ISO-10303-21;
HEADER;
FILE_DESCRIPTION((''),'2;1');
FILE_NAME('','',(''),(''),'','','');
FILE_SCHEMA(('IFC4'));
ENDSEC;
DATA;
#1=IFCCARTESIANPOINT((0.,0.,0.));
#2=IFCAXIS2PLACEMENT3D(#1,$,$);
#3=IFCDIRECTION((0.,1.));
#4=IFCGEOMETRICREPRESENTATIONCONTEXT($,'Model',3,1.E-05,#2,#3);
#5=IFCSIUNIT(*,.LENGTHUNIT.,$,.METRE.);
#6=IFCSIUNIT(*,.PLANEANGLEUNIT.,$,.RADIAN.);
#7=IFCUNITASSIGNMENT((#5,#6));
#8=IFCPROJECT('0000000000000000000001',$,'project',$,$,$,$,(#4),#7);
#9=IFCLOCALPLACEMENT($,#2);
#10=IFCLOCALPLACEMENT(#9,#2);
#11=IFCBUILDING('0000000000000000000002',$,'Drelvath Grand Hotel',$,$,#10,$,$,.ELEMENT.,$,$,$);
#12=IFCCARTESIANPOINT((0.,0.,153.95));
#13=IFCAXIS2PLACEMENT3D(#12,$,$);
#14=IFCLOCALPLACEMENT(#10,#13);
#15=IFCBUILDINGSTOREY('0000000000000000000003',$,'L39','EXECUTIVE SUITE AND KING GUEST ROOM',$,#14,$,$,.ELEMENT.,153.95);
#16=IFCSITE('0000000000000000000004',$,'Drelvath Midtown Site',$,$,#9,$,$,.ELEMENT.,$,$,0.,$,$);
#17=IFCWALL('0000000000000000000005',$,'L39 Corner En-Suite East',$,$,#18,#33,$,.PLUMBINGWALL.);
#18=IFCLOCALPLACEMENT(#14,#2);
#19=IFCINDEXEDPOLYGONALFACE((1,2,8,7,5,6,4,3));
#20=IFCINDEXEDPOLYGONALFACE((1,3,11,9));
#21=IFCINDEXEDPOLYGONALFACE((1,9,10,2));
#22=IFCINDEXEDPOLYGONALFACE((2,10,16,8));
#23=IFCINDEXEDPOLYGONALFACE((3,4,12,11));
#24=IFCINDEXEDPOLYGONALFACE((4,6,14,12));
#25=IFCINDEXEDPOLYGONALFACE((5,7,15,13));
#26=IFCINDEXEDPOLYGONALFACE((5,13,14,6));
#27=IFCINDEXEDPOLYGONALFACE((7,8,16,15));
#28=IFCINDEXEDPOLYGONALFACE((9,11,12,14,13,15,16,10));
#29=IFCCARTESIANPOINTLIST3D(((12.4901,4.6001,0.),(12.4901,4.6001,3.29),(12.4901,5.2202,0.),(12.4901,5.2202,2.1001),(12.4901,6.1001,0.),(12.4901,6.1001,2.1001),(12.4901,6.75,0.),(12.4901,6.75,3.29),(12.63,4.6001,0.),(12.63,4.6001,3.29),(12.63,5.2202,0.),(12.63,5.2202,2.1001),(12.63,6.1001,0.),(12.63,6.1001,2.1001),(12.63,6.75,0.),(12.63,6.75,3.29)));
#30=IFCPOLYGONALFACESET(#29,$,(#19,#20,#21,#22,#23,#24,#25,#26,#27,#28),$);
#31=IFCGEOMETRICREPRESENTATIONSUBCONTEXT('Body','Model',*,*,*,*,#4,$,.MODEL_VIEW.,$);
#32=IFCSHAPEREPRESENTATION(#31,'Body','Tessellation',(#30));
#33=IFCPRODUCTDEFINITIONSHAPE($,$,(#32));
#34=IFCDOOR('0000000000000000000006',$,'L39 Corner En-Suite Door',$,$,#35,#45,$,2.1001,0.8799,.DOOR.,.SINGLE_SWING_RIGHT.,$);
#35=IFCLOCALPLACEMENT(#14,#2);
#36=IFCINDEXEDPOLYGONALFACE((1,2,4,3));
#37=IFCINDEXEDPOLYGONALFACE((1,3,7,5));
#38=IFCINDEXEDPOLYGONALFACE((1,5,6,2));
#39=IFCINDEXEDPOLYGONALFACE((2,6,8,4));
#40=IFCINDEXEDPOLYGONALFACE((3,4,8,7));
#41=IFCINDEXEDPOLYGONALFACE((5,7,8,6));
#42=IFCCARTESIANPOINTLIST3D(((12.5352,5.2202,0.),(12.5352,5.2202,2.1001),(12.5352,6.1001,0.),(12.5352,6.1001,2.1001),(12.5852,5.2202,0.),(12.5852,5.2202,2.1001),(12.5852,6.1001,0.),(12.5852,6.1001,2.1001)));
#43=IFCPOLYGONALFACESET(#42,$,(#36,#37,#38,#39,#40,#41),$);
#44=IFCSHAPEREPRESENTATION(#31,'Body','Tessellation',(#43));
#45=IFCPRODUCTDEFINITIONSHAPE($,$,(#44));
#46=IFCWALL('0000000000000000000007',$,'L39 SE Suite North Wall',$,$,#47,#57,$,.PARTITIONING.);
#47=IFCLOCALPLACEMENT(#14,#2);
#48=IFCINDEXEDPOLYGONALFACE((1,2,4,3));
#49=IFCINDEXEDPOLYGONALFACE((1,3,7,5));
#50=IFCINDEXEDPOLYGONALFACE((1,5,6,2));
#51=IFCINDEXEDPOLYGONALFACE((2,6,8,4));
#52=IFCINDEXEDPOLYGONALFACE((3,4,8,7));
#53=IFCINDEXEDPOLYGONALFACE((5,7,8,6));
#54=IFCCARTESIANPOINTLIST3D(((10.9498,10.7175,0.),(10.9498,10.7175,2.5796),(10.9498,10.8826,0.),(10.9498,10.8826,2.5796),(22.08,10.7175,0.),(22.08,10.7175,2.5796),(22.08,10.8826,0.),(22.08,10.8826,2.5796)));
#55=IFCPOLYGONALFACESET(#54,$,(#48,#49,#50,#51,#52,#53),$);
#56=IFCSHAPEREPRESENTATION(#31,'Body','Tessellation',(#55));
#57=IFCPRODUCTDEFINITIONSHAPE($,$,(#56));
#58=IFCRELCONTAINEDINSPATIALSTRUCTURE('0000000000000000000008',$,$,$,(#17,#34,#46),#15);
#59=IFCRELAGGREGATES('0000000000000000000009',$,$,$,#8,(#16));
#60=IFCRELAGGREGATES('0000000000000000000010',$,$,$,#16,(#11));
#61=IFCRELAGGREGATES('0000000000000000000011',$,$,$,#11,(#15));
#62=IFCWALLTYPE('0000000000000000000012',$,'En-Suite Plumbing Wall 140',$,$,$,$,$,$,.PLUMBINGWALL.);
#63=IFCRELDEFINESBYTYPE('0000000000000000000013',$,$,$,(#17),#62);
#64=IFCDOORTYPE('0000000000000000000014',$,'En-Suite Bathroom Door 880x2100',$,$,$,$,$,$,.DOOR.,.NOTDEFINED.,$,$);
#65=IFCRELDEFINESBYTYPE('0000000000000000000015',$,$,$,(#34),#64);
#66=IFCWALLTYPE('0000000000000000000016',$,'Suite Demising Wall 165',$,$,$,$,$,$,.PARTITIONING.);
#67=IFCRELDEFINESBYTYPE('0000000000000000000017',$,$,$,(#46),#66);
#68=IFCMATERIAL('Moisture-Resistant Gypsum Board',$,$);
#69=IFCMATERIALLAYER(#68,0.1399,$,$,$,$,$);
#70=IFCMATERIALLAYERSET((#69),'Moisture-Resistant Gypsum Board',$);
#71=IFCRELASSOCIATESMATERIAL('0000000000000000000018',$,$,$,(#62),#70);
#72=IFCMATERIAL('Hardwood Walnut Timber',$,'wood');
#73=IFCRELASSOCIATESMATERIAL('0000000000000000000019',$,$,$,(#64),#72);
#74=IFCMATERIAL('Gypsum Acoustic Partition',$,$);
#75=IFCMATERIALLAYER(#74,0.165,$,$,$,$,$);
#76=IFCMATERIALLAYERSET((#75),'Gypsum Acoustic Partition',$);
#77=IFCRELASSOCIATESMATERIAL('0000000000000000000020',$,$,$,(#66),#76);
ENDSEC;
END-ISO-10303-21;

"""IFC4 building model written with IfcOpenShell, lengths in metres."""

from ifc_helpers import new_model, si_unit, direction, frame, frame_2d, origin, place, context, subcontext, project, spatial, rectangle, extrude, material, layer, layer_set, type_object, element, fill, save


model = new_model("IFC4")

# Units and contexts
model_context = context("Model", 3, precision=1e-05, world=origin(), true_north=direction((0.0, 1.0)))
body_context = subcontext(model_context, "Body", "Model", "MODEL_VIEW")
ifc_project = project(units=[si_unit("LENGTHUNIT", "METRE"), si_unit("PLANEANGLEUNIT", "RADIAN")], contexts=[model_context])

# Site, building, storey
site_placement = place(None, origin())
site = spatial("IfcSite", under=ifc_project, at=site_placement, Name="Drelvath Midtown Site", CompositionType="ELEMENT", RefElevation=0.0)
building_placement = place(site_placement, origin())
building = spatial("IfcBuilding", under=site, at=building_placement, Name="Drelvath Grand Hotel", CompositionType="ELEMENT")
storey_placement = place(building_placement, frame((0.0, 0.0, 153.95)))
storey = spatial("IfcBuildingStorey", under=building, at=storey_placement, Name="L39", Description="EXECUTIVE SUITE AND KING GUEST ROOM", CompositionType="ELEMENT", Elevation=153.95)

# Shared definitions
ifc_material_1 = material(Name="Hardwood Walnut Timber", Category="wood")

# Shared definitions
ifc_material_2 = material(Name="Moisture-Resistant Gypsum Board")
ifc_layer_1 = layer(ifc_material_2, 0.1399)
ifc_layer_set_1 = layer_set([ifc_layer_1], Name="Moisture-Resistant Gypsum Board")
wall_type_1 = type_object("IfcWallType", Name="En-Suite Plumbing Wall 140", PredefinedType="PLUMBINGWALL", material=ifc_layer_set_1)

# Wall, opening, door
wall_1_placement = place(storey_placement, frame((12.5601, 4.6001, 0.0), z_axis=(0.0, 0.0, 1.0), x_axis=(0.0, 1.0, 0.0)))
wall_1 = element("IfcWall", 1, at=wall_1_placement, inside=storey, type_object=wall_type_1, Name="L39 Corner En-Suite East", PredefinedType="PLUMBINGWALL", context=body_context, shape_type="SweptSolid", body=[
    extrude(rectangle(XDim=2.1499, YDim=0.1399, at=frame_2d((1.075, 0.0))), origin(), (0.0, 0.0, 1.0), 3.29),
])
opening_1_placement = place(wall_1_placement, frame((0.6201, 0.0, 0.0)))
opening_1 = element("IfcOpeningElement", 2, at=opening_1_placement, cuts=wall_1, PredefinedType="OPENING", context=body_context, shape_type="SweptSolid", body=[
    extrude(rectangle(XDim=0.8799, YDim=2.1001, at=frame_2d((0.4399, 1.05))), frame((0.0, 0.0798, 0.0), z_axis=(0.0, -1.0, 0.0), x_axis=(1.0, 0.0, 0.0)), (0.0, 0.0, 1.0), 0.1599),
])
door_type_1 = type_object("IfcDoorType", Name="En-Suite Bathroom Door 880x2100", OperationType="NOTDEFINED", PredefinedType="DOOR", material=ifc_material_1)
door_1_placement = place(opening_1_placement, origin())
door_1 = element("IfcDoor", 3, at=door_1_placement, inside=storey, type_object=door_type_1, Name="L39 Corner En-Suite Door", OperationType="SINGLE_SWING_RIGHT", OverallHeight=2.1001, OverallWidth=0.8799, PredefinedType="DOOR", context=body_context, shape_type="SweptSolid", body=[
    extrude(rectangle(XDim=0.8799, YDim=2.1001, at=frame_2d((0.4399, 1.05))), frame((0.0, 0.0249, 0.0), z_axis=(0.0, -1.0, 0.0), x_axis=(1.0, 0.0, 0.0)), (0.0, 0.0, 1.0), 0.05),
])
fill(opening_1, door_1)

# Wall
ifc_material_3 = material(Name="Gypsum Acoustic Partition")
ifc_layer_2 = layer(ifc_material_3, 0.165)
ifc_layer_set_2 = layer_set([ifc_layer_2], Name="Gypsum Acoustic Partition")
wall_type_2 = type_object("IfcWallType", Name="Suite Demising Wall 165", PredefinedType="PARTITIONING", material=ifc_layer_set_2)
wall_2_placement = place(storey_placement, frame((10.95, 10.8, 0.0), z_axis=(0.0, 0.0, 1.0), x_axis=(1.0, 0.0, 0.0)))
element("IfcWall", 4, at=wall_2_placement, inside=storey, type_object=wall_type_2, Name="L39 SE Suite North Wall", PredefinedType="PARTITIONING", context=body_context, shape_type="SweptSolid", body=[
    extrude(rectangle(XDim=11.1301, YDim=0.165, at=frame_2d((5.5649, 0.0))), origin(), (0.0, 0.0, 1.0), 2.5796),
])

save(model, "model.ifc")
